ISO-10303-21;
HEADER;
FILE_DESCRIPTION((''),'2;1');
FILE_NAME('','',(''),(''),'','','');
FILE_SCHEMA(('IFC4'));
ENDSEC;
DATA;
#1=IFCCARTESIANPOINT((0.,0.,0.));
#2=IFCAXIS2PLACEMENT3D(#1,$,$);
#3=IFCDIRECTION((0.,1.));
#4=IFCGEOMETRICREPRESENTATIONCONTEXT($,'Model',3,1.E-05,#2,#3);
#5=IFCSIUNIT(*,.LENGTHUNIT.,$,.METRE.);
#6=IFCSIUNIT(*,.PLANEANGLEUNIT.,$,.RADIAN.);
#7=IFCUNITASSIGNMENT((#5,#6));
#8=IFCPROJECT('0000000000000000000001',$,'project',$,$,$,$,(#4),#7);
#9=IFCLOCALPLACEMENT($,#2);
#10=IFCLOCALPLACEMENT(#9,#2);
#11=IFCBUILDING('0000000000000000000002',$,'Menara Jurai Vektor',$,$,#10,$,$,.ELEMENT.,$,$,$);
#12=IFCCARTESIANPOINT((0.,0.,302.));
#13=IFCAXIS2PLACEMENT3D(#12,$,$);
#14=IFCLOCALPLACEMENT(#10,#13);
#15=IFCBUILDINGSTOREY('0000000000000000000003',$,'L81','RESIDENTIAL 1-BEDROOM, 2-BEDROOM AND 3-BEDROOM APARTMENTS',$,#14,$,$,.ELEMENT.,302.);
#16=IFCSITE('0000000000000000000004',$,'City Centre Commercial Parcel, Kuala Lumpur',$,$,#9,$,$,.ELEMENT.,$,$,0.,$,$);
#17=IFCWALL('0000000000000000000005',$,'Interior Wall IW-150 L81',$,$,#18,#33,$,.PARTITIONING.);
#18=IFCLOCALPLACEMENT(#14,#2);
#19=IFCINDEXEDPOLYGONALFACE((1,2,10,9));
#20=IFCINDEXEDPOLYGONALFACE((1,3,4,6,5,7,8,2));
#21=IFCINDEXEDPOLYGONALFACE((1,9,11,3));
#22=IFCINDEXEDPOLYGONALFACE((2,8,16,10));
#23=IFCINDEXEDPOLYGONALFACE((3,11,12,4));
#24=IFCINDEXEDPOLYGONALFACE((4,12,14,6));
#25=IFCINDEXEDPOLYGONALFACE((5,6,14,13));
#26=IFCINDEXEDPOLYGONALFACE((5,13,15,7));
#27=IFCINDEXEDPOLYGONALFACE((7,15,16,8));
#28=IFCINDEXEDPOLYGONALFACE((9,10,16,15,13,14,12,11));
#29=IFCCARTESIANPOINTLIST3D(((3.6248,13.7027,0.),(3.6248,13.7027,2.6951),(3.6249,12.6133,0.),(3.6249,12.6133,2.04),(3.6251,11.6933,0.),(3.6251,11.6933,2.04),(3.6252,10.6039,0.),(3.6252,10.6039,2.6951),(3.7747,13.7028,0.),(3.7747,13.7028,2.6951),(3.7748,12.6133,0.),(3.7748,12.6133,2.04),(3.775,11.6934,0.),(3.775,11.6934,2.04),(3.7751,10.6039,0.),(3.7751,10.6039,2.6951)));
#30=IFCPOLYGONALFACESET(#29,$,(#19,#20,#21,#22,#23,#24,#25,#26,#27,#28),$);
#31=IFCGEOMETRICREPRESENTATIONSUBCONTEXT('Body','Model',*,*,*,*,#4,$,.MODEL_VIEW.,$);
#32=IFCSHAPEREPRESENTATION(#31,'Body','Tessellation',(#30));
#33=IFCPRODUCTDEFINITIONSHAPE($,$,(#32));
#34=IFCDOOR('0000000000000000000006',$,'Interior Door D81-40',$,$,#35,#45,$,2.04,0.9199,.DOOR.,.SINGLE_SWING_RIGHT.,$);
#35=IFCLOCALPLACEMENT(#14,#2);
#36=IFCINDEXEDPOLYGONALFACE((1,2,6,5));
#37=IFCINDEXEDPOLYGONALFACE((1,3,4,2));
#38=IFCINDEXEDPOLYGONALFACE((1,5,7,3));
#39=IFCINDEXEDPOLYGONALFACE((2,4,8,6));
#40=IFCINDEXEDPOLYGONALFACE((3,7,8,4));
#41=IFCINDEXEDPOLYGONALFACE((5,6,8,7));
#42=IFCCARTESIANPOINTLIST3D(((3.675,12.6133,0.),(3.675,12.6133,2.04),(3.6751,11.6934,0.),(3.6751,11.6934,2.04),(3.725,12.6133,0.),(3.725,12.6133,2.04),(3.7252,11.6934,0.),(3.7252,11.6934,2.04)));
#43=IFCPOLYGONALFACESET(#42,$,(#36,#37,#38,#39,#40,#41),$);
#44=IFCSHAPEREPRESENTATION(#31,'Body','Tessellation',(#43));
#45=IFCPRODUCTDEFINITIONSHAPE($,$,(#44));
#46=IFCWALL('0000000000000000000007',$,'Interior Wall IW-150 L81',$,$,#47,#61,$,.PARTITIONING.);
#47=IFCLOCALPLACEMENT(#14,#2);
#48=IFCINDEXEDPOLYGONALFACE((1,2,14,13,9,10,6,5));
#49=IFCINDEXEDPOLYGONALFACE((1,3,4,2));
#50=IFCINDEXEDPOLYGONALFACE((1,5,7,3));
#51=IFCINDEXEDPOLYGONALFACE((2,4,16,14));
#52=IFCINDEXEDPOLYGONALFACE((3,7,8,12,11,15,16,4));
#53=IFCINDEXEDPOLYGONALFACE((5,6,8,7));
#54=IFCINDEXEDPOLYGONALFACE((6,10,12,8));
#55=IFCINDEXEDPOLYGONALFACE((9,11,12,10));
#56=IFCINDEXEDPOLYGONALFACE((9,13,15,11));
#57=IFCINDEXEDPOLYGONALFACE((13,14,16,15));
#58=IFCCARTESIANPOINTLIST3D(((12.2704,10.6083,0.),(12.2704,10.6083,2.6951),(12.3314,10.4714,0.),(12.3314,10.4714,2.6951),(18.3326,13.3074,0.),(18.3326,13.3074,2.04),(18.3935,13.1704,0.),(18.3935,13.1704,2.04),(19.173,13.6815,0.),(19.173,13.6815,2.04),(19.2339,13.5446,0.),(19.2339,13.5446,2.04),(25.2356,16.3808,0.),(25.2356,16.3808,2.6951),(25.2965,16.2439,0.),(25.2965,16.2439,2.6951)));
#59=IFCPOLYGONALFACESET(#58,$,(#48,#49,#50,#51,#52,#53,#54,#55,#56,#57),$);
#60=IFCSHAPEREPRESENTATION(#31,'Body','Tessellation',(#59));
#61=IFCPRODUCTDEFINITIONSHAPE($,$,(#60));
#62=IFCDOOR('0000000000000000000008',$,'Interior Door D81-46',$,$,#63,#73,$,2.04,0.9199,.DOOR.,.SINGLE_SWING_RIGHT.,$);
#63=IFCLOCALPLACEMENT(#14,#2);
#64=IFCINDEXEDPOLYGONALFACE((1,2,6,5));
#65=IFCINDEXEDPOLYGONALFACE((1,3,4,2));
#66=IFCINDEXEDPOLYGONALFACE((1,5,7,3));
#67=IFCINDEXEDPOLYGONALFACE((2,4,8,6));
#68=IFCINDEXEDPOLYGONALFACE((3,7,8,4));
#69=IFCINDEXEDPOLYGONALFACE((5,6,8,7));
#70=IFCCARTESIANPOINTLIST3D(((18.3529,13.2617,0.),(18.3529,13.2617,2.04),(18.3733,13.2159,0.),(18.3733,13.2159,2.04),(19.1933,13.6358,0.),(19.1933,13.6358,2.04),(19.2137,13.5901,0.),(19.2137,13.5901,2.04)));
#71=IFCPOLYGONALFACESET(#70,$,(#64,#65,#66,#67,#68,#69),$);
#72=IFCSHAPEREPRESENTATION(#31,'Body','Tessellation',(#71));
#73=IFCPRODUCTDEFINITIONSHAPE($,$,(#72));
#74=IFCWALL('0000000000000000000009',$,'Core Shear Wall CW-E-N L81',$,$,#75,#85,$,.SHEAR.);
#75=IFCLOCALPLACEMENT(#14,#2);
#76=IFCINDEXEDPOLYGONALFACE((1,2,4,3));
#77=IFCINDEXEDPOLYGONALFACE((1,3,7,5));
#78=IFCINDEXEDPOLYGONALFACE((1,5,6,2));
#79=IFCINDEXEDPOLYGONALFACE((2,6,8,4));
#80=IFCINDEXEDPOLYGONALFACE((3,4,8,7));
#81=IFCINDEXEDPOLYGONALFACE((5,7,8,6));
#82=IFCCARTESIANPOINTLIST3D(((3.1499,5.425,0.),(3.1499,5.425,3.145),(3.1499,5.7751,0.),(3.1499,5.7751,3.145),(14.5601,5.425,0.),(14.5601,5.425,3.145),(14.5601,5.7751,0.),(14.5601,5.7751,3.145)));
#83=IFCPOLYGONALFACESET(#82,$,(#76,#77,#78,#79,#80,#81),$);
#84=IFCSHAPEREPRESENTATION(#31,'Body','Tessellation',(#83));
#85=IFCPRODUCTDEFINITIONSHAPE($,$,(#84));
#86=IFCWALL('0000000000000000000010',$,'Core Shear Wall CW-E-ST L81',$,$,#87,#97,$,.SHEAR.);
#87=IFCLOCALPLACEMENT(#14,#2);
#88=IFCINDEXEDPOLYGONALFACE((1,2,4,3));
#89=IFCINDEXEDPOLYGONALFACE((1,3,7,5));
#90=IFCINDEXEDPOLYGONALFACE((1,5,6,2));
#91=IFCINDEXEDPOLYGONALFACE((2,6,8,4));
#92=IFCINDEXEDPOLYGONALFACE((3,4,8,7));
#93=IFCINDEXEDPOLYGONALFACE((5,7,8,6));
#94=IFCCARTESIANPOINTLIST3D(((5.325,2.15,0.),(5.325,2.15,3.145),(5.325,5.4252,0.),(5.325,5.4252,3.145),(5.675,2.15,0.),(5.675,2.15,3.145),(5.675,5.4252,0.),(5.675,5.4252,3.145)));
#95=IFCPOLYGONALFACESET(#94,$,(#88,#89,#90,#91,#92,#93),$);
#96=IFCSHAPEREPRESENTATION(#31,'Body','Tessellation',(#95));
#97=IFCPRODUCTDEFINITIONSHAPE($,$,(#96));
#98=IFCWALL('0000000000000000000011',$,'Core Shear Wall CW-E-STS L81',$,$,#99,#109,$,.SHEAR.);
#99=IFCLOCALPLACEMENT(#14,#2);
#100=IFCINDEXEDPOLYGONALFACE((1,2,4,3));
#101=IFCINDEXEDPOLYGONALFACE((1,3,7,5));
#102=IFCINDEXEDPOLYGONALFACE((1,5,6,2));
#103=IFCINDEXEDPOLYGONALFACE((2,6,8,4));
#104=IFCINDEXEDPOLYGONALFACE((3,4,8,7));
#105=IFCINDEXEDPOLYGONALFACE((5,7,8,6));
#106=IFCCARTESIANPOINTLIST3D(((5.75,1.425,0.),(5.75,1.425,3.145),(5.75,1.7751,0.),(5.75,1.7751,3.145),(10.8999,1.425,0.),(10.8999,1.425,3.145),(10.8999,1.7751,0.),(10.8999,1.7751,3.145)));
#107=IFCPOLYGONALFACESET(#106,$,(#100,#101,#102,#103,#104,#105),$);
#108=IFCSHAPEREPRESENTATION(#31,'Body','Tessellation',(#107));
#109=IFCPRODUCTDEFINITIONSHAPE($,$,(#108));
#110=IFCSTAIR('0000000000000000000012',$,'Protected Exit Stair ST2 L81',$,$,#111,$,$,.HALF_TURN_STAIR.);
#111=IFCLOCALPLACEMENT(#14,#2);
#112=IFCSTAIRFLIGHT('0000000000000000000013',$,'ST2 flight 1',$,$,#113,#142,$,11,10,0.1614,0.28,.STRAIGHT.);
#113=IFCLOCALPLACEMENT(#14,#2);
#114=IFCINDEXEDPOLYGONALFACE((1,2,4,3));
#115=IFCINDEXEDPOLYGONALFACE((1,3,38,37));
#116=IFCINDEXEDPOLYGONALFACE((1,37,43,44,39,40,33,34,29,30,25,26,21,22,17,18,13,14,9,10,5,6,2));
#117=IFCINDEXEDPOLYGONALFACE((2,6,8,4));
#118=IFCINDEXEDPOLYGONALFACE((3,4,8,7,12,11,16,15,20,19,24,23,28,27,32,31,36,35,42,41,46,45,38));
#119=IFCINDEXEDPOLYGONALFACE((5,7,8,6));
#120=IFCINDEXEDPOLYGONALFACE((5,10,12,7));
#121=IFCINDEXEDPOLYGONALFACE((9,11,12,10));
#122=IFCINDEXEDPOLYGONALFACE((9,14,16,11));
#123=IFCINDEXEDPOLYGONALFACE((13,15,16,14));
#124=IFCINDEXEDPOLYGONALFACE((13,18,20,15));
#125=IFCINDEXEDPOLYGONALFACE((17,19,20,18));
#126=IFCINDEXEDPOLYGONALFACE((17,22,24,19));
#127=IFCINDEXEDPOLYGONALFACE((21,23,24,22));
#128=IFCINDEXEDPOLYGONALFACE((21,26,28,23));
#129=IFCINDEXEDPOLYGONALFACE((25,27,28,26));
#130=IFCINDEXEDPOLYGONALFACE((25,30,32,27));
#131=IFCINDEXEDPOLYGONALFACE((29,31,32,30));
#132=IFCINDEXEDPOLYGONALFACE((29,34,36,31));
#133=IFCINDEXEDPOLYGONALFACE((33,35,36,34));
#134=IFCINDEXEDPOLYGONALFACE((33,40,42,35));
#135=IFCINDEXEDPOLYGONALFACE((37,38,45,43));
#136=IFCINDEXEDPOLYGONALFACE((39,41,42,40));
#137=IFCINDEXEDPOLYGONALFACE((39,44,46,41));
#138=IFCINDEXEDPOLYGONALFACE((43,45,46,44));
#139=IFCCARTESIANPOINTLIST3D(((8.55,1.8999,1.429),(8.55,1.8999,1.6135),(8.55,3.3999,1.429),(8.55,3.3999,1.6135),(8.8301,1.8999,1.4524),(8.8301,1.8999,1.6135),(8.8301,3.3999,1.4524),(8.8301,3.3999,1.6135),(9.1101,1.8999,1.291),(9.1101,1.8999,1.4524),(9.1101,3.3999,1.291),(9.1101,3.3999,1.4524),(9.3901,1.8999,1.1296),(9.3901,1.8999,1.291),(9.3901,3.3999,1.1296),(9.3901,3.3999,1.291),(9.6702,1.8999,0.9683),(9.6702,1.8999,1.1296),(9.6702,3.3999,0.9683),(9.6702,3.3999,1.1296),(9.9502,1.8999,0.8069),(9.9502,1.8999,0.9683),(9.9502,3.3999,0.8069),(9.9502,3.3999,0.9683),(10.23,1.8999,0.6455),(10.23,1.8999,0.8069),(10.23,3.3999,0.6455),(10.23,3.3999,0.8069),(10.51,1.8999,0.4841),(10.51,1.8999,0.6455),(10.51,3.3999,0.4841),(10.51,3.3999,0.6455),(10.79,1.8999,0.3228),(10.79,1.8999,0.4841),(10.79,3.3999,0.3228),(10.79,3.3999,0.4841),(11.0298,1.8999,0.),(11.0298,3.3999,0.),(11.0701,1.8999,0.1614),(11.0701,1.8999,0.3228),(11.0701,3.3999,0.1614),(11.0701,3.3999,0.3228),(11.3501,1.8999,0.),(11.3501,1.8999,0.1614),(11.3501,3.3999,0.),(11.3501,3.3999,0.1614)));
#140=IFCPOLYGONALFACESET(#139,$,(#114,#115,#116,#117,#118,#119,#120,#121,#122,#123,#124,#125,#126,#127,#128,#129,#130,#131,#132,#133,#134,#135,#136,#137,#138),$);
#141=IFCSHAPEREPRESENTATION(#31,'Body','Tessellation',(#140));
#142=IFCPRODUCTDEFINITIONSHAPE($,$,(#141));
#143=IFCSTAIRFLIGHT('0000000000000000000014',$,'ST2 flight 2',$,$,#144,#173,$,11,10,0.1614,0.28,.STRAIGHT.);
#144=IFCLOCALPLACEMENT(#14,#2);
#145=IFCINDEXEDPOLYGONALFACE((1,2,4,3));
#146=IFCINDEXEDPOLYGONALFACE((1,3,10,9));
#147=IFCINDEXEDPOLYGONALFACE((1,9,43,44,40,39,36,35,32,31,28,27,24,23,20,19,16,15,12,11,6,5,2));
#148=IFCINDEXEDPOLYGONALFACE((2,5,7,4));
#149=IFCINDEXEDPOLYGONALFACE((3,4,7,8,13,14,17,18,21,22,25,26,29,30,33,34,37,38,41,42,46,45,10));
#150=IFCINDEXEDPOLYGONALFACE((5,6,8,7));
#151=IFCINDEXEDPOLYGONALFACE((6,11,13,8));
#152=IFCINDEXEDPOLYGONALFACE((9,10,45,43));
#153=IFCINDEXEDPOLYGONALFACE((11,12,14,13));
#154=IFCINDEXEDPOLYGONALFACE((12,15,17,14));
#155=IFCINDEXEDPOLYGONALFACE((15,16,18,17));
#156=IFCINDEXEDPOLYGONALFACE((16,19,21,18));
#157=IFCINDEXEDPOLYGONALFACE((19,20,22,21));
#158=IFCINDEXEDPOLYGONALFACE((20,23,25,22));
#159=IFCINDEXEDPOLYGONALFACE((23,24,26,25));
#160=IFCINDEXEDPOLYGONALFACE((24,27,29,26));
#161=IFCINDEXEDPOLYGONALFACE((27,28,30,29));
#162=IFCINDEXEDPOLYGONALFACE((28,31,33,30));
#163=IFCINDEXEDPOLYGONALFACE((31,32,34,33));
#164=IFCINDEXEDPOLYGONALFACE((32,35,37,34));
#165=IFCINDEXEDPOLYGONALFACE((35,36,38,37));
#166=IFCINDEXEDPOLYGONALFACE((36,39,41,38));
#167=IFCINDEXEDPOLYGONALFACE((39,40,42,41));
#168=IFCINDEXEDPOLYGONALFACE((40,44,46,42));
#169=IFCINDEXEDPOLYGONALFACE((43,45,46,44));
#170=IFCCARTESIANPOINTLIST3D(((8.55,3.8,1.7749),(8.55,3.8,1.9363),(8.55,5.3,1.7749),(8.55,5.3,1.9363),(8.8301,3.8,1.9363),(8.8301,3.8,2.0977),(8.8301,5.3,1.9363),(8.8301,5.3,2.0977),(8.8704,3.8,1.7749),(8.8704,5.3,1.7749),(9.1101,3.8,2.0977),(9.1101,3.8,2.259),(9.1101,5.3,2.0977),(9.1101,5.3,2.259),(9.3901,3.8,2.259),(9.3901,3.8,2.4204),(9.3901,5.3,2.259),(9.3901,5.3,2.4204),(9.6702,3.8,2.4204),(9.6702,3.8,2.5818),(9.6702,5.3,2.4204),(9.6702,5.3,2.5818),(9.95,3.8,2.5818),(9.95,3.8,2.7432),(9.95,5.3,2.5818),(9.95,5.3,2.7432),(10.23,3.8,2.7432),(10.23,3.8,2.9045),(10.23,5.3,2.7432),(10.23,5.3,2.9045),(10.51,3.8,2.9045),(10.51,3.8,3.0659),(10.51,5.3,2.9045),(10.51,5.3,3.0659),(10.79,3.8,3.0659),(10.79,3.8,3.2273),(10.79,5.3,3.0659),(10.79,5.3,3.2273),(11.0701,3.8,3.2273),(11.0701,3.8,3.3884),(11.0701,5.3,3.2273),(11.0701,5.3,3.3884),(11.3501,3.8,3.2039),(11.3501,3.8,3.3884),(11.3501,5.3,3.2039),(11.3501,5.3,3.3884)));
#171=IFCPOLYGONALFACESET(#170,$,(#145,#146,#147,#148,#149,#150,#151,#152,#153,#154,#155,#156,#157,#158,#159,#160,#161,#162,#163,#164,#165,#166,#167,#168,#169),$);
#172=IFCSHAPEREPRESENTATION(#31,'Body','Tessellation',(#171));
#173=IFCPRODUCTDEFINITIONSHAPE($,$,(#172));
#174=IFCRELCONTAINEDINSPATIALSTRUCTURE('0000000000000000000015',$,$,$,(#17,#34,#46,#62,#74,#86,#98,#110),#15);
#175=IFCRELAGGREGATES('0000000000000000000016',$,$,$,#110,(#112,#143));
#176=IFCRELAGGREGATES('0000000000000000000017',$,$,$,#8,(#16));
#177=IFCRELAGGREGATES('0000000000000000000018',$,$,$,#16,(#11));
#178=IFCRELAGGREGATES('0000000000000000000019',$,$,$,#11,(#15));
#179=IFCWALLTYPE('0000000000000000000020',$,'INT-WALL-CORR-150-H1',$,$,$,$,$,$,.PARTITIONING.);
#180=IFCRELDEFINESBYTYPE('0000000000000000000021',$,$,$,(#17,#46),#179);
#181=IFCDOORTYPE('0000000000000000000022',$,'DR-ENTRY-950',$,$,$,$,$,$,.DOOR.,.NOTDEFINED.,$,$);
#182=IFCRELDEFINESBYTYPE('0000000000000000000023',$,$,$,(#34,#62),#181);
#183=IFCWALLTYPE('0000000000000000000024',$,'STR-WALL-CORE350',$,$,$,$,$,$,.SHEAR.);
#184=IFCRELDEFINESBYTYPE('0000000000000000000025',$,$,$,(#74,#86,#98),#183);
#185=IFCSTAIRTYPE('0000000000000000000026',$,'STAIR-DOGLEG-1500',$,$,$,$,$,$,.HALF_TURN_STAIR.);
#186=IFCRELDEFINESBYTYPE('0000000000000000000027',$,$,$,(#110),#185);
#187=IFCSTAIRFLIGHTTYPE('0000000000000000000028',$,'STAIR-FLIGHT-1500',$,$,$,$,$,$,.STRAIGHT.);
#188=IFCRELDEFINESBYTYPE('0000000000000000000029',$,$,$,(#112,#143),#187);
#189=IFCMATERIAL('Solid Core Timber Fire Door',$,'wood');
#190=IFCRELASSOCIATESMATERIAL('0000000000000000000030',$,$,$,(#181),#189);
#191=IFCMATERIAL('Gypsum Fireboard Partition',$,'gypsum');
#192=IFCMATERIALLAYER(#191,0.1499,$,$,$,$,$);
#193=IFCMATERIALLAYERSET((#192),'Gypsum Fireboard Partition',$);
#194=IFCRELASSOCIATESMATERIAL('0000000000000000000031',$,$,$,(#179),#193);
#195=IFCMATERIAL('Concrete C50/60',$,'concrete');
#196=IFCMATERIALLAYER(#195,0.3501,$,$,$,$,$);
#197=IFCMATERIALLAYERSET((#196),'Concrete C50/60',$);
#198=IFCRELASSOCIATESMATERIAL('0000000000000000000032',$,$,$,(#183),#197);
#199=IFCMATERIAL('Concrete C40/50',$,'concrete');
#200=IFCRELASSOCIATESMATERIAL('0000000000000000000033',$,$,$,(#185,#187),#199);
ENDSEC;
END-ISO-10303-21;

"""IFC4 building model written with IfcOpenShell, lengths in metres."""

from ifc_helpers import new_model, si_unit, direction, frame, frame_2d, origin, place, context, subcontext, project, spatial, polyline, rectangle, outline, extrude, material, layer, layer_set, type_object, element, fill, aggregate, save


model = new_model("IFC4")

# Units and contexts
model_context = context("Model", 3, precision=1e-05, world=origin(), true_north=direction((0.0, 1.0)))
body_context = subcontext(model_context, "Body", "Model", "MODEL_VIEW")
ifc_project = project(units=[si_unit("LENGTHUNIT", "METRE"), si_unit("PLANEANGLEUNIT", "RADIAN")], contexts=[model_context])

# Site, building, storey
site_placement = place(None, origin())
site = spatial("IfcSite", under=ifc_project, at=site_placement, Name="City Centre Commercial Parcel, Kuala Lumpur", CompositionType="ELEMENT", RefElevation=0.0)
building_placement = place(site_placement, origin())
building = spatial("IfcBuilding", under=site, at=building_placement, Name="Menara Jurai Vektor", CompositionType="ELEMENT")
storey_placement = place(building_placement, frame((0.0, 0.0, 302.0)))
storey = spatial("IfcBuildingStorey", under=building, at=storey_placement, Name="L81", Description="RESIDENTIAL 1-BEDROOM, 2-BEDROOM AND 3-BEDROOM APARTMENTS", CompositionType="ELEMENT", Elevation=302.0)

# Shared definitions
ifc_material_1 = material(Name="Concrete C50/60", Category="concrete")

# Shared definitions
ifc_material_2 = material(Name="Concrete C40/50", Category="concrete")

# Shared definitions
ifc_material_3 = material(Name="Gypsum Fireboard Partition", Category="gypsum")

# Shared definitions
ifc_material_4 = material(Name="Solid Core Timber Fire Door", Category="wood")
door_type_1 = type_object("IfcDoorType", Name="DR-ENTRY-950", OperationType="NOTDEFINED", PredefinedType="DOOR", material=ifc_material_4)

# Walls, openings, doors
ifc_layer_1 = layer(ifc_material_3, 0.1499)
ifc_layer_set_1 = layer_set([ifc_layer_1], Name="Gypsum Fireboard Partition")
wall_type_1 = type_object("IfcWallType", Name="INT-WALL-CORR-150-H1", PredefinedType="PARTITIONING", material=ifc_layer_set_1)
wall_1_placement = place(storey_placement, frame((3.7002, 10.604, 0.0), z_axis=(0.0, 0.0, 1.0), x_axis=(-0.000158, 1.0, 0.0)))
wall_1 = element("IfcWall", 1, at=wall_1_placement, inside=storey, type_object=wall_type_1, Name="Interior Wall IW-150 L81", PredefinedType="PARTITIONING", context=body_context, shape_type="SweptSolid", body=[
    extrude(rectangle(XDim=3.0989, YDim=0.1499, at=frame_2d((1.5493, 0.0))), origin(), (0.0, 0.0, 1.0), 2.6951),
])
opening_1_placement = place(wall_1_placement, frame((1.0894, 0.0, 0.0)))
opening_1 = element("IfcOpeningElement", 2, at=opening_1_placement, cuts=wall_1, PredefinedType="OPENING", context=body_context, shape_type="SweptSolid", body=[
    extrude(rectangle(XDim=0.9199, YDim=2.04, at=frame_2d((0.46, 1.02))), frame((0.0, 0.085, 0.0), z_axis=(0.0, -1.0, 0.0), x_axis=(1.0, 0.0, 0.0)), (0.0, 0.0, 1.0), 0.1699),
])
door_1_placement = place(opening_1_placement, origin())
door_1 = element("IfcDoor", 3, at=door_1_placement, inside=storey, type_object=door_type_1, Name="Interior Door D81-40", OperationType="SINGLE_SWING_RIGHT", OverallHeight=2.04, OverallWidth=0.9199, PredefinedType="DOOR", context=body_context, shape_type="SweptSolid", body=[
    extrude(rectangle(XDim=0.9199, YDim=2.04, at=frame_2d((0.46, 1.02))), frame((0.0, 0.0249, 0.0), z_axis=(0.0, -1.0, 0.0), x_axis=(1.0, 0.0, 0.0)), (0.0, 0.0, 1.0), 0.05),
])
fill(opening_1, door_1)
wall_2_placement = place(storey_placement, frame((12.3008, 10.5398, 0.0), z_axis=(0.0, 0.0, 1.0), x_axis=(0.913545, 0.406739, 0.0)))
wall_2 = element("IfcWall", 4, at=wall_2_placement, inside=storey, type_object=wall_type_1, Name="Interior Wall IW-150 L81", PredefinedType="PARTITIONING", context=body_context, shape_type="SweptSolid", body=[
    extrude(rectangle(XDim=14.1921, YDim=0.1499, at=frame_2d((7.0962, 0.0))), origin(), (0.0, 0.0, 1.0), 2.6951),
])
opening_2_placement = place(wall_2_placement, frame((6.636, 0.0, 0.0)))
opening_2 = element("IfcOpeningElement", 5, at=opening_2_placement, cuts=wall_2, PredefinedType="OPENING", context=body_context, shape_type="SweptSolid", body=[
    extrude(rectangle(XDim=0.9199, YDim=2.04, at=frame_2d((0.46, 1.02))), frame((0.0, 0.085, 0.0), z_axis=(0.0, -1.0, 0.0), x_axis=(1.0, 0.0, 0.0)), (0.0, 0.0, 1.0), 0.1699),
])
door_2_placement = place(opening_2_placement, origin())
door_2 = element("IfcDoor", 6, at=door_2_placement, inside=storey, type_object=door_type_1, Name="Interior Door D81-46", OperationType="SINGLE_SWING_RIGHT", OverallHeight=2.04, OverallWidth=0.9199, PredefinedType="DOOR", context=body_context, shape_type="SweptSolid", body=[
    extrude(rectangle(XDim=0.9199, YDim=2.04, at=frame_2d((0.46, 1.02))), frame((0.0, 0.0249, 0.0), z_axis=(0.0, -1.0, 0.0), x_axis=(1.0, 0.0, 0.0)), (0.0, 0.0, 1.0), 0.05),
])
fill(opening_2, door_2)

# Walls
ifc_layer_2 = layer(ifc_material_1, 0.3501)
ifc_layer_set_2 = layer_set([ifc_layer_2], Name="Concrete C50/60")
wall_type_2 = type_object("IfcWallType", Name="STR-WALL-CORE350", PredefinedType="SHEAR", material=ifc_layer_set_2)
wall_3_placement = place(storey_placement, frame((3.1499, 5.6001, 0.0), z_axis=(0.0, 0.0, 1.0), x_axis=(1.0, 0.0, 0.0)))
element("IfcWall", 7, at=wall_3_placement, inside=storey, type_object=wall_type_2, Name="Core Shear Wall CW-E-N L81", PredefinedType="SHEAR", context=body_context, shape_type="SweptSolid", body=[
    extrude(rectangle(XDim=11.4102, YDim=0.3501, at=frame_2d((5.7051, 0.0))), origin(), (0.0, 0.0, 1.0), 3.145),
])
wall_4_placement = place(storey_placement, frame((5.5, 2.1499, 0.0), z_axis=(0.0, 0.0, 1.0), x_axis=(0.0, 1.0, 0.0)))
element("IfcWall", 8, at=wall_4_placement, inside=storey, type_object=wall_type_2, Name="Core Shear Wall CW-E-ST L81", PredefinedType="SHEAR", context=body_context, shape_type="SweptSolid", body=[
    extrude(rectangle(XDim=3.2751, YDim=0.3501, at=frame_2d((1.6377, 0.0))), origin(), (0.0, 0.0, 1.0), 3.145),
])
wall_5_placement = place(storey_placement, frame((5.75, 1.6001, 0.0), z_axis=(0.0, 0.0, 1.0), x_axis=(1.0, 0.0, 0.0)))
element("IfcWall", 9, at=wall_5_placement, inside=storey, type_object=wall_type_2, Name="Core Shear Wall CW-E-STS L81", PredefinedType="SHEAR", context=body_context, shape_type="SweptSolid", body=[
    extrude(rectangle(XDim=5.1499, YDim=0.3501, at=frame_2d((2.575, 0.0))), origin(), (0.0, 0.0, 1.0), 3.145),
])

# Stair, stair flights
stair_type = type_object("IfcStairType", Name="STAIR-DOGLEG-1500", PredefinedType="HALF_TURN_STAIR", material=ifc_material_2)
stair_placement = place(storey_placement, origin())
stair = element("IfcStair", 10, at=stair_placement, inside=storey, type_object=stair_type, Name="Protected Exit Stair ST2 L81", PredefinedType="HALF_TURN_STAIR")
stair_flight_type = type_object("IfcStairFlightType", Name="STAIR-FLIGHT-1500", PredefinedType="STRAIGHT", material=ifc_material_2)
stair_flight_1_placement = place(storey_placement, frame((11.3501, 2.6499, 0.0), z_axis=(0.0, 0.0, 1.0), x_axis=(-1.0, 0.0, 0.0)))
stair_flight_1 = element("IfcStairFlight", 11, at=stair_flight_1_placement, type_object=stair_flight_type, Name="ST2 flight 1", NumberOfRisers=11, NumberOfTreads=10, PredefinedType="STRAIGHT", RiserHeight=0.1614, TreadLength=0.28, context=body_context, shape_type="SweptSolid", body=[
    extrude(outline(polyline([(0.0, 0.0), (0.0, 0.1614), (0.28, 0.1614), (0.28, 0.3228), (0.5601, 0.3228), (0.5601, 0.4841), (0.8401, 0.4841), (0.8401, 0.6455), (1.1201, 0.6455), (1.1201, 0.8069), (1.3999, 0.8069), (1.3999, 0.9683), (1.6799, 0.9683), (1.6799, 1.1296), (1.96, 1.1296), (1.96, 1.291), (2.24, 1.291), (2.24, 1.4524), (2.52, 1.4524), (2.52, 1.6135), (2.8, 1.6135), (2.8, 1.7749), (2.8, 1.429), (0.3203, 0.0), (0.0, 0.0)])), frame((0.0, 0.75, 0.0), z_axis=(0.0, -1.0, 0.0), x_axis=(1.0, 0.0, 0.0)), (0.0, 0.0, 1.0), 1.5),
])
stair_flight_2_placement = place(storey_placement, frame((8.55, 4.55, 1.7749), z_axis=(0.0, 0.0, 1.0), x_axis=(1.0, 0.0, 0.0)))
stair_flight_2 = element("IfcStairFlight", 12, at=stair_flight_2_placement, type_object=stair_flight_type, Name="ST2 flight 2", NumberOfRisers=11, NumberOfTreads=10, PredefinedType="STRAIGHT", RiserHeight=0.1614, TreadLength=0.28, context=body_context, shape_type="SweptSolid", body=[
    extrude(outline(polyline([(0.0, 0.0), (0.0, 0.1614), (0.28, 0.1614), (0.28, 0.3228), (0.5601, 0.3228), (0.5601, 0.4841), (0.8401, 0.4841), (0.8401, 0.6455), (1.1201, 0.6455), (1.1201, 0.8069), (1.3999, 0.8069), (1.3999, 0.9683), (1.6799, 0.9683), (1.6799, 1.1296), (1.96, 1.1296), (1.96, 1.291), (2.24, 1.291), (2.24, 1.4524), (2.52, 1.4524), (2.52, 1.6135), (2.8, 1.6135), (2.8, 1.7749), (2.8, 1.429), (0.3203, 0.0), (0.0, 0.0)])), frame((0.0, 0.75, 0.0), z_axis=(0.0, -1.0, 0.0), x_axis=(1.0, 0.0, 0.0)), (0.0, 0.0, 1.0), 1.5),
])
aggregate(stair, [stair_flight_1, stair_flight_2])

save(model, "model.ifc")
